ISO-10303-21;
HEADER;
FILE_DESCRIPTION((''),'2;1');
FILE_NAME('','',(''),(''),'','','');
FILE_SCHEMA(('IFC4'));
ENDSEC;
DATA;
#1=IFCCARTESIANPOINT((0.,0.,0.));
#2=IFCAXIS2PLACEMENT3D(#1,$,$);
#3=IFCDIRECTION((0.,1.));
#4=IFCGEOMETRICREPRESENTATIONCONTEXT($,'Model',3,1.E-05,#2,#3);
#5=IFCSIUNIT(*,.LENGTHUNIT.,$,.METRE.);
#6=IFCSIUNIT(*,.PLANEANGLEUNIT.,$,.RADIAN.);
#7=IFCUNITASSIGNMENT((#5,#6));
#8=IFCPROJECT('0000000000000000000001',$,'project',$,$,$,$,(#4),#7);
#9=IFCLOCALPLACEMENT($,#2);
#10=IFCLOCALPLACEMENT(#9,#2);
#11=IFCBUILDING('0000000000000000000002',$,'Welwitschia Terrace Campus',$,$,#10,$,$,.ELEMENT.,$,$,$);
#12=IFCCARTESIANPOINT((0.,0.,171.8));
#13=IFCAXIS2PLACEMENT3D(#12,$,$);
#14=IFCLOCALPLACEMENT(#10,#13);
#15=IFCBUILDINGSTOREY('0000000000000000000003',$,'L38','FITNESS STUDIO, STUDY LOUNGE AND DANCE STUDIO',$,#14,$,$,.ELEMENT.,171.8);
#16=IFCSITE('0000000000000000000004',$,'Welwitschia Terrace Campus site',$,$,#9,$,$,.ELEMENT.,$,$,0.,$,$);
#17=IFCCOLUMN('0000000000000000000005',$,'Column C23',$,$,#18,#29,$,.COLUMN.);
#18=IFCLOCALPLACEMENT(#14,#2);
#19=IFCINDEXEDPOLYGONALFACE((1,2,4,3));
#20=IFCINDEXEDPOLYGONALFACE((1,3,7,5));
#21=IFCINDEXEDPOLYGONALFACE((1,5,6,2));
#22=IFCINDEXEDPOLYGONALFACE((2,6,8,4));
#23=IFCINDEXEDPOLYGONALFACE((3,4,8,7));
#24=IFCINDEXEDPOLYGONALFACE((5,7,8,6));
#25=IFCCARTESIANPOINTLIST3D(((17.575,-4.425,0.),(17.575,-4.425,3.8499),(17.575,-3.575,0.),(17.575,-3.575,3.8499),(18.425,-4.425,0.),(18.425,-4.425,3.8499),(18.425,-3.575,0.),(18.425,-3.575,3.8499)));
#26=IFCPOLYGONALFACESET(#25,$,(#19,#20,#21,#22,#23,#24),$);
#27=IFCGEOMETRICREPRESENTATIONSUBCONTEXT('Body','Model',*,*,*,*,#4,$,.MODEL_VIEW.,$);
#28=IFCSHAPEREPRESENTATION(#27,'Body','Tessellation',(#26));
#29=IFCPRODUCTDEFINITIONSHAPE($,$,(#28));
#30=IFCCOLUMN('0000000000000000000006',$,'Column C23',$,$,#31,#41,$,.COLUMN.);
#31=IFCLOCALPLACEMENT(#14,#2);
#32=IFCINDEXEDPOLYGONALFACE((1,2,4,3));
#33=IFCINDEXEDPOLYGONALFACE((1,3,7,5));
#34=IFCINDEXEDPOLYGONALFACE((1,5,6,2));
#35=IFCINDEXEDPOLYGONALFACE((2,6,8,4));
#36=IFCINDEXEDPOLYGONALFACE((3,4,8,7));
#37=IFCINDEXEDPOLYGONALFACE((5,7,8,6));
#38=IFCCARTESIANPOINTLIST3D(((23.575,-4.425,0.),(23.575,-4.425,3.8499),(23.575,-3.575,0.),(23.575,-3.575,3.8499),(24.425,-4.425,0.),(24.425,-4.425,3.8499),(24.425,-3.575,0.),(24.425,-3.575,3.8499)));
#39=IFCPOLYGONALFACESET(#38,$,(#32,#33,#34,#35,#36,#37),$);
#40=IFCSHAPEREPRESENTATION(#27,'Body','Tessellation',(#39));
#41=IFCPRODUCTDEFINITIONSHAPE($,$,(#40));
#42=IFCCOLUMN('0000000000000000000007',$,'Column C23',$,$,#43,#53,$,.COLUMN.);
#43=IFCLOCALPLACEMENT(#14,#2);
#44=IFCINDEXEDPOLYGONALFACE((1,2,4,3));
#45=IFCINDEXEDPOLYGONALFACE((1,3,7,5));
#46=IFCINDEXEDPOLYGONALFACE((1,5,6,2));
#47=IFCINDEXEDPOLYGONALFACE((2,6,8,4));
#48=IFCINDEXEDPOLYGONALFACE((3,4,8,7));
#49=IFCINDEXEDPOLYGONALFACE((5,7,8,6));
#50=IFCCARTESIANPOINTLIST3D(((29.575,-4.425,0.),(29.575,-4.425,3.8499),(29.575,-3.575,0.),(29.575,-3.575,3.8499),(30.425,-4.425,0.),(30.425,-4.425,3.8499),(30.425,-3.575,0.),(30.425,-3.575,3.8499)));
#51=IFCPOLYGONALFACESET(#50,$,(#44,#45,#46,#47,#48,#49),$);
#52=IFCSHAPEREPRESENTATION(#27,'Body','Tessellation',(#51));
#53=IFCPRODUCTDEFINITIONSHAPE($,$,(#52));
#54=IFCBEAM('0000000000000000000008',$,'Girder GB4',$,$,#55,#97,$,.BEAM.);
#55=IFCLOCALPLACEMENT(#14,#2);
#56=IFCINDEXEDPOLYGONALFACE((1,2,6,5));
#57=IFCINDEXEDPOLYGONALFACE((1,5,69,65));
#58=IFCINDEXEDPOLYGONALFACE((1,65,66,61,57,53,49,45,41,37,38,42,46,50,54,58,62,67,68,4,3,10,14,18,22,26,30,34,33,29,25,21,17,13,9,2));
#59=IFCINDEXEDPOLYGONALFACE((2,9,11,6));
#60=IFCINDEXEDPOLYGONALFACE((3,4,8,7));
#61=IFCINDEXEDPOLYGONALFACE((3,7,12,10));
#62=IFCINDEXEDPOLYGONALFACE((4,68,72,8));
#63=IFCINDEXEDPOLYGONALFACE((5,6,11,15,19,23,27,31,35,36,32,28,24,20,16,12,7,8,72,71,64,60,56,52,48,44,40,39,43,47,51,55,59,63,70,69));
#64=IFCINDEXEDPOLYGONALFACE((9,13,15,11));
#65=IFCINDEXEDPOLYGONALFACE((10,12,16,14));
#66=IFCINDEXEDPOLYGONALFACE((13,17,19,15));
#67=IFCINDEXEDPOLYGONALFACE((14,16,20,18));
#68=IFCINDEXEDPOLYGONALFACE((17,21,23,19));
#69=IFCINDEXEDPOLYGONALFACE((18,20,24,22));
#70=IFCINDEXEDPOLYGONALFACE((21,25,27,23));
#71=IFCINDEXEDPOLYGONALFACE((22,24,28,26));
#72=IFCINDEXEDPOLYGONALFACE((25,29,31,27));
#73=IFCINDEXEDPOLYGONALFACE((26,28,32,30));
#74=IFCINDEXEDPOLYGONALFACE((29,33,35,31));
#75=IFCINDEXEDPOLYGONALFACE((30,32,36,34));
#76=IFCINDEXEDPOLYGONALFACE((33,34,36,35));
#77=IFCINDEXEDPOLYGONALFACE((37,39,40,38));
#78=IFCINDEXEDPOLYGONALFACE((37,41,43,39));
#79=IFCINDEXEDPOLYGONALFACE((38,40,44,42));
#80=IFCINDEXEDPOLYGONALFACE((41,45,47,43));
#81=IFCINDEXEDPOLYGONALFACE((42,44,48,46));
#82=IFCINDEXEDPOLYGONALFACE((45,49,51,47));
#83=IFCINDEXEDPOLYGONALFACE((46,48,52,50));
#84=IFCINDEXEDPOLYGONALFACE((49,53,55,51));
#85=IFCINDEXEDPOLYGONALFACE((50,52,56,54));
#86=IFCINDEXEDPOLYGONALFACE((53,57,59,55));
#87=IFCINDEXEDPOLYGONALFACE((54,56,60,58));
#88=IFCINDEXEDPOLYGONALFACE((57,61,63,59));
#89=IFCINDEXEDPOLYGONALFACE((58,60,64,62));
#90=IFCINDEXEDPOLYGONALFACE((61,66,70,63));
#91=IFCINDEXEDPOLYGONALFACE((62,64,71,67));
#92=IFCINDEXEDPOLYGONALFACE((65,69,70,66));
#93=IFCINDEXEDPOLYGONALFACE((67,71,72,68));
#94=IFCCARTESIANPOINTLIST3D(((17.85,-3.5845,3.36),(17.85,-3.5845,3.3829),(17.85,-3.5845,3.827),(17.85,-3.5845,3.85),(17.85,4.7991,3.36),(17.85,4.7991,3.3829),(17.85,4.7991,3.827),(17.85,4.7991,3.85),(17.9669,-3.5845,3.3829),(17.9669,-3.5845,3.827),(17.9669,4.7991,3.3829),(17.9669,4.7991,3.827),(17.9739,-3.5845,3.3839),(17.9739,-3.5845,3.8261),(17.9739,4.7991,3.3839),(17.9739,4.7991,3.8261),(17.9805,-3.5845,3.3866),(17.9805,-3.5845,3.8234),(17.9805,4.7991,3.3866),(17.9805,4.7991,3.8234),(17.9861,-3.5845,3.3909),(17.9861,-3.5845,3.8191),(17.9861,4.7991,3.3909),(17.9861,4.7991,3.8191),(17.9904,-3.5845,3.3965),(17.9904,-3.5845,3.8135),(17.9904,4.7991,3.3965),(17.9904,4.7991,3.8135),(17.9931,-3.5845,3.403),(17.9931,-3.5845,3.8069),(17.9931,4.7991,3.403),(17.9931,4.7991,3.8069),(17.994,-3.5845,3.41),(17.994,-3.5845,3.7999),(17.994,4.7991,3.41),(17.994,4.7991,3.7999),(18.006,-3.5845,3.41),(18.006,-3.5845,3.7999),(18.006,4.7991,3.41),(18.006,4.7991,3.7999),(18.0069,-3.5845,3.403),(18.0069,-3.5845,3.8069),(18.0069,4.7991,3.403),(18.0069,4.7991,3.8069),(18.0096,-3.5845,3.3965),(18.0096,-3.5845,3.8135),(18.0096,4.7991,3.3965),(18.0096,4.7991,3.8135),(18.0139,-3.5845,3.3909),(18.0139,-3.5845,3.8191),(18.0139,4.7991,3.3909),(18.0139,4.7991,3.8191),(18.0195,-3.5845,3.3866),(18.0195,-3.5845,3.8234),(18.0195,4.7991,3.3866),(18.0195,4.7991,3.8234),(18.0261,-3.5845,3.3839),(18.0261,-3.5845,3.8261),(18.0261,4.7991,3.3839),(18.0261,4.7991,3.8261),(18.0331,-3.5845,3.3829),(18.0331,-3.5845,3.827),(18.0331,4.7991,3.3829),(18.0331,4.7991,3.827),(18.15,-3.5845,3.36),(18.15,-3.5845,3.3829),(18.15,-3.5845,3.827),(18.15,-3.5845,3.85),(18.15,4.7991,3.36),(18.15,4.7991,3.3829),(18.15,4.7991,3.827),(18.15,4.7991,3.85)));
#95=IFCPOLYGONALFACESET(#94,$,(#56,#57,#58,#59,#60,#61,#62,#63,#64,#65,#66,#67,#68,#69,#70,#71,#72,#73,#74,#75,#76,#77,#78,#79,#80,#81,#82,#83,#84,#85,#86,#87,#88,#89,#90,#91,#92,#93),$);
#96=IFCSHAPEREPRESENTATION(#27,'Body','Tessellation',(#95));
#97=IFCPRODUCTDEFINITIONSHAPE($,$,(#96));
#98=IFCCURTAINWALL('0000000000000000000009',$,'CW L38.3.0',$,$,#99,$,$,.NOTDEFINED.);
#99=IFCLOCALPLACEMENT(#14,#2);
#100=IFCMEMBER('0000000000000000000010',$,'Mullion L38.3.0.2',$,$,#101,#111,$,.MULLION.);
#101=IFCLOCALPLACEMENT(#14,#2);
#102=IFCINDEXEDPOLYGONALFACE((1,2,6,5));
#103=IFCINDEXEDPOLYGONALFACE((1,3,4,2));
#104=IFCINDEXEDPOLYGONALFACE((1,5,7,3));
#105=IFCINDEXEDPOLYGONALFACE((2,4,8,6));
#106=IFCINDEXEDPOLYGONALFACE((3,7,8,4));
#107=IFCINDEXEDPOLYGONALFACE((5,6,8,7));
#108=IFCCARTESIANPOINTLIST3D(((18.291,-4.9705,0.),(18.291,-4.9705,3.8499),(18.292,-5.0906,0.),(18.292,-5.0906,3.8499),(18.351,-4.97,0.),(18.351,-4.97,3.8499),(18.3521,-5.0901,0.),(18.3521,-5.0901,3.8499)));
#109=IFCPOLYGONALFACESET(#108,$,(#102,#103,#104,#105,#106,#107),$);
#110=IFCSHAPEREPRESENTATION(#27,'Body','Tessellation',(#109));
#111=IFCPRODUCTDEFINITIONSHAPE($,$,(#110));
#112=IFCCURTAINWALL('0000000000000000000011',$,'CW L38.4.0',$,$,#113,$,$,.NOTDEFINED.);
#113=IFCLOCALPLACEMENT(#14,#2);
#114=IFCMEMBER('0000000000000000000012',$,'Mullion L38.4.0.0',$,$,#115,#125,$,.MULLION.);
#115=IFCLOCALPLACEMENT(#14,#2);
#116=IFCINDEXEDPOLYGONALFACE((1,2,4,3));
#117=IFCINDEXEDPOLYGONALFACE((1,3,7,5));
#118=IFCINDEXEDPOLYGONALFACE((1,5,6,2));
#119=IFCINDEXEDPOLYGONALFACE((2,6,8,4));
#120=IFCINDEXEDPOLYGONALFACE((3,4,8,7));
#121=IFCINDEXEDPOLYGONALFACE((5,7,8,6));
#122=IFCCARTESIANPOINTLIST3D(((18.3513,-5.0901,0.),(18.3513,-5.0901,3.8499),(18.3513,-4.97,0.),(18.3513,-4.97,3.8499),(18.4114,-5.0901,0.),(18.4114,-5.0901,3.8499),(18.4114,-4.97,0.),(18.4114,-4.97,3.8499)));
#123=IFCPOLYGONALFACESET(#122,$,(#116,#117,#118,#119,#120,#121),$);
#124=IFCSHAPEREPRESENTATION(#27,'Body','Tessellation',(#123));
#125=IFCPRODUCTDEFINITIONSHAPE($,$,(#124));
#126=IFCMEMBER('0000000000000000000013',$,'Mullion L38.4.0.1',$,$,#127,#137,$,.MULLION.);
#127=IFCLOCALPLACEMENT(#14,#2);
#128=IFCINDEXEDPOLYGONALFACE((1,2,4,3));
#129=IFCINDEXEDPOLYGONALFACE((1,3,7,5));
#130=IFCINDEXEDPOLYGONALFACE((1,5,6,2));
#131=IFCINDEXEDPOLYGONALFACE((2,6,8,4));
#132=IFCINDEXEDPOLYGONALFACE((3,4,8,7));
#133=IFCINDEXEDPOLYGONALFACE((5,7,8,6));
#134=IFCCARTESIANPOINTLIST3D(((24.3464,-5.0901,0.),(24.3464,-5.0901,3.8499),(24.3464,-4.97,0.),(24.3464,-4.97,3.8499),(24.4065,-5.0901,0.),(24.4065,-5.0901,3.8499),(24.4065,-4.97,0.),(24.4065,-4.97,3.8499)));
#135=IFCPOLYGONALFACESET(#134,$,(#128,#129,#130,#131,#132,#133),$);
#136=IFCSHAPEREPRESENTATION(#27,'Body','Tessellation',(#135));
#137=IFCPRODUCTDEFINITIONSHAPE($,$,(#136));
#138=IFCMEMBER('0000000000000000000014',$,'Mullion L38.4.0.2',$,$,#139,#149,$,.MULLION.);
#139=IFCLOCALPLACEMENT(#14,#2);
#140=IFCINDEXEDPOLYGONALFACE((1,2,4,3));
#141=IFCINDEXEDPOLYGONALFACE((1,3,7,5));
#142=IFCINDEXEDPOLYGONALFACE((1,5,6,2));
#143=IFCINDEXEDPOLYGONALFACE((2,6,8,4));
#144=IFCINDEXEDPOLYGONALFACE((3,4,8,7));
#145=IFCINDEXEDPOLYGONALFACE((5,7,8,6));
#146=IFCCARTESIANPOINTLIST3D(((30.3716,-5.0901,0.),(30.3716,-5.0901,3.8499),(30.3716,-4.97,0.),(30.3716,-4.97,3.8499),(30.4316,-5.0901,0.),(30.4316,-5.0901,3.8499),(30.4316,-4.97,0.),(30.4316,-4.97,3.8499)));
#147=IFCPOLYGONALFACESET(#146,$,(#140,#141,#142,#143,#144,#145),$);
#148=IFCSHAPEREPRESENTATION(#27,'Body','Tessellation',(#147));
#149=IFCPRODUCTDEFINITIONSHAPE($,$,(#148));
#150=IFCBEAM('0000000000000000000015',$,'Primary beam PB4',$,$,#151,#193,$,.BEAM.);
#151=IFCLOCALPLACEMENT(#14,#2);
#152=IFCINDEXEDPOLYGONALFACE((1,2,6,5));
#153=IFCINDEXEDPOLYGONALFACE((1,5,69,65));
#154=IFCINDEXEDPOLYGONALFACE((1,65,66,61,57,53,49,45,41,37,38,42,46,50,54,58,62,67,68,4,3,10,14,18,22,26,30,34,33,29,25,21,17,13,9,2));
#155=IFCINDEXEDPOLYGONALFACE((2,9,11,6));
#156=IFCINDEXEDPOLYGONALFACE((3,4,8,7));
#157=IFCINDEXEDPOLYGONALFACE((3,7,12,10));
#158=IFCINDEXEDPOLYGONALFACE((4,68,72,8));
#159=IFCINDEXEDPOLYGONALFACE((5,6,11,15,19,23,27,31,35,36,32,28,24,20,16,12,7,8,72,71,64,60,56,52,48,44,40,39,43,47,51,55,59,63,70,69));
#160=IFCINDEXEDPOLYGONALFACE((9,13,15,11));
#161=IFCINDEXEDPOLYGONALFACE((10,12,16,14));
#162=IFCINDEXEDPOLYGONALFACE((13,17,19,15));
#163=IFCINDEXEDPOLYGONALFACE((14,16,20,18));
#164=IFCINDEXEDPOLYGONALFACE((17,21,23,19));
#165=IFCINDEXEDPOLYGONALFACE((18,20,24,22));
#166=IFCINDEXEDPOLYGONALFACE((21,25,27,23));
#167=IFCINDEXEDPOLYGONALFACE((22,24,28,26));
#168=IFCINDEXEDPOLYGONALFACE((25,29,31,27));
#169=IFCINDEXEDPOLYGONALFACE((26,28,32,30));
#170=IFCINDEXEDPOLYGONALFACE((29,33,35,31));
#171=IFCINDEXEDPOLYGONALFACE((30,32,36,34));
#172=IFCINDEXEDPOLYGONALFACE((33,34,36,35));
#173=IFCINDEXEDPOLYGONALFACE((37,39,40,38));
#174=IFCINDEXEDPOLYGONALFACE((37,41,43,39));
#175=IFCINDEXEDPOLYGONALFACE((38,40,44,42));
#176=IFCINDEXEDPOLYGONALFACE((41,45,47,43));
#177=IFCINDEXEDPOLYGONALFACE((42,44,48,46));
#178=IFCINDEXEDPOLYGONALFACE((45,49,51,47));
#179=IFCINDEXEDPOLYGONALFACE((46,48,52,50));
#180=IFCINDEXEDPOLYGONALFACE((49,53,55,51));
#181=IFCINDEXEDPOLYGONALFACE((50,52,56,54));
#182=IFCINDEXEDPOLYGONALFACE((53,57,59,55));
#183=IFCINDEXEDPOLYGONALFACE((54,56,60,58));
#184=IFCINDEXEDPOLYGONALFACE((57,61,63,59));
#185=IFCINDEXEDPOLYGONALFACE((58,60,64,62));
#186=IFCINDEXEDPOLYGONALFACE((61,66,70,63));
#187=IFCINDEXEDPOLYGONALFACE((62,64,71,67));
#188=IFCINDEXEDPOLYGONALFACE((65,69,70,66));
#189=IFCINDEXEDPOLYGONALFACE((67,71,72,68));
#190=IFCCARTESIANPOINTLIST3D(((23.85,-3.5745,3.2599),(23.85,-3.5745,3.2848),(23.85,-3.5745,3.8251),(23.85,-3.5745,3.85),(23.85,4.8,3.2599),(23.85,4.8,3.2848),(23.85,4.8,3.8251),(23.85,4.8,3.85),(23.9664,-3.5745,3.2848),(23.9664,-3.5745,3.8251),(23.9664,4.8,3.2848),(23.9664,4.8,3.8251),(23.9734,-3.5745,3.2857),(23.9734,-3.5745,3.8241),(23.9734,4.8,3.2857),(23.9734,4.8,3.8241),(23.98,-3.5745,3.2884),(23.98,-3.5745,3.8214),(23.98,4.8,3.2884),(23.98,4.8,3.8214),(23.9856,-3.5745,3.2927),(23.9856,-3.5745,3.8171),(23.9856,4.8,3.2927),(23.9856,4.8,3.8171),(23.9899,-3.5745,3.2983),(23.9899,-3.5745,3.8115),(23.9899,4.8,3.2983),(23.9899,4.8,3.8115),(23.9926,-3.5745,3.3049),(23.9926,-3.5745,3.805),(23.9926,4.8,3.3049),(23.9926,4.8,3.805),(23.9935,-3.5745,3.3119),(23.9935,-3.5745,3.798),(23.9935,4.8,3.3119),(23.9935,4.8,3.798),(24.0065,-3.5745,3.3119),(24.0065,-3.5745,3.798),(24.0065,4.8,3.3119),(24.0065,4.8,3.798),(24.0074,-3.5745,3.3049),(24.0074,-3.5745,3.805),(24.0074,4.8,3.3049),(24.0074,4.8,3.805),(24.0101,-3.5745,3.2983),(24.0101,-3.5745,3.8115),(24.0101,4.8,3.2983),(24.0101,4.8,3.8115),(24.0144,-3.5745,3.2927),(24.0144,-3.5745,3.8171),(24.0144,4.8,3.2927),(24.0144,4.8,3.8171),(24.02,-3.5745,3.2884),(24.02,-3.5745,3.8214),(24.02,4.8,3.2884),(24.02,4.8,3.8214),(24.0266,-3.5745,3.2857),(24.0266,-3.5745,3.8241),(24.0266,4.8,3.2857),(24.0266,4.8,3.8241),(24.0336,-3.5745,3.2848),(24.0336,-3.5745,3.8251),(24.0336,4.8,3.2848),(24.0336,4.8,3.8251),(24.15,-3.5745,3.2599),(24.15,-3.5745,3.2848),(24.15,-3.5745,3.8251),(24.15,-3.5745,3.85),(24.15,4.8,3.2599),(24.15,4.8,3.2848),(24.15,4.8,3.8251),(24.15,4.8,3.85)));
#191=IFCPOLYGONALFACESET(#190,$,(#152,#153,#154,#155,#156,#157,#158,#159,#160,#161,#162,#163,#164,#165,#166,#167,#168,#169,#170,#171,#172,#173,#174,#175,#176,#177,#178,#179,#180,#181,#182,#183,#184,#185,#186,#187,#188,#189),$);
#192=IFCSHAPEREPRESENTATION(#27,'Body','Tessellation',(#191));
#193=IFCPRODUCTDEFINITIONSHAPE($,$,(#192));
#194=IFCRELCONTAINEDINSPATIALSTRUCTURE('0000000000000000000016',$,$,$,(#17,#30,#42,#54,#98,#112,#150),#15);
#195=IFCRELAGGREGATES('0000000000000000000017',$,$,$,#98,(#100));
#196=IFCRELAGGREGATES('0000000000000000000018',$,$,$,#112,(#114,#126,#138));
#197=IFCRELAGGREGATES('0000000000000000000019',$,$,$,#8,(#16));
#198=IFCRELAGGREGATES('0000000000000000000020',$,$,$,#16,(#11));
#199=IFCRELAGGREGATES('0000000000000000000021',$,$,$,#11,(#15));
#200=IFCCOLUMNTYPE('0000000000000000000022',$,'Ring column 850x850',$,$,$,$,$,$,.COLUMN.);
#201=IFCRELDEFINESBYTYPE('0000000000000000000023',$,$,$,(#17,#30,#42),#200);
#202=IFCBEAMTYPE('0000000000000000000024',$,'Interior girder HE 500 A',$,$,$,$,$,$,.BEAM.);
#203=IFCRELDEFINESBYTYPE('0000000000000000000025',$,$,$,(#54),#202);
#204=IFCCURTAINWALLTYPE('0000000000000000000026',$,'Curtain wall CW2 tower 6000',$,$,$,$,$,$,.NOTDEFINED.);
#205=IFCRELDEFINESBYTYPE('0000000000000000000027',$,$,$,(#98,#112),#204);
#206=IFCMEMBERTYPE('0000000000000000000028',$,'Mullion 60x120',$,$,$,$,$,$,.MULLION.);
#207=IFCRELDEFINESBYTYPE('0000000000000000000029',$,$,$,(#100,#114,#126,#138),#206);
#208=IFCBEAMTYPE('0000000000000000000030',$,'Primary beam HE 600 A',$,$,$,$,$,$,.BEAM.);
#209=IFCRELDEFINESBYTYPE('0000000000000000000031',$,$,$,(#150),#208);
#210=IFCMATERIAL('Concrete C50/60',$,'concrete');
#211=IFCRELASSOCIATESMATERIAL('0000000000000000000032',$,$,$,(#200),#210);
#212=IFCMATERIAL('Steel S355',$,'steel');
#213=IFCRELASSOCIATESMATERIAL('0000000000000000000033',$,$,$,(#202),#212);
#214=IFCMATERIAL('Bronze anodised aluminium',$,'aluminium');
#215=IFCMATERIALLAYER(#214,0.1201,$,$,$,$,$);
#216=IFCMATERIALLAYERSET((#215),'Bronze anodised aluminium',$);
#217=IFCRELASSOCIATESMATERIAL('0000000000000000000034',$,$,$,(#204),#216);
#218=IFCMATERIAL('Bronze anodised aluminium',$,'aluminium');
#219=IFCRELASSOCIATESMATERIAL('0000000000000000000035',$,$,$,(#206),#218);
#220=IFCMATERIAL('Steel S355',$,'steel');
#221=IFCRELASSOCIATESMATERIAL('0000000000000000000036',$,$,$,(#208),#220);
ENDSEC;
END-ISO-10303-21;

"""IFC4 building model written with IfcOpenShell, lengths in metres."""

from ifc_helpers import new_model, si_unit, direction, frame, origin, origin_2d, place, context, subcontext, project, spatial, rectangle, i_section, extrude, material, layer, layer_set, material_profile, profile_set, type_object, element, aggregate, save


model = new_model("IFC4")

# Units and contexts
model_context = context("Model", 3, precision=1e-05, world=origin(), true_north=direction((0.0, 1.0)))
body_context = subcontext(model_context, "Body", "Model", "MODEL_VIEW")
ifc_project = project(units=[si_unit("LENGTHUNIT", "METRE"), si_unit("PLANEANGLEUNIT", "RADIAN")], contexts=[model_context])

# Site, building, storey
site_placement = place(None, origin())
site = spatial("IfcSite", under=ifc_project, at=site_placement, Name="Welwitschia Terrace Campus site", CompositionType="ELEMENT", RefElevation=0.0)
building_placement = place(site_placement, origin())
building = spatial("IfcBuilding", under=site, at=building_placement, Name="Welwitschia Terrace Campus", CompositionType="ELEMENT")
storey_placement = place(building_placement, frame((0.0, 0.0, 171.8)))
storey = spatial("IfcBuildingStorey", under=building, at=storey_placement, Name="L38", Description="FITNESS STUDIO, STUDY LOUNGE AND DANCE STUDIO", CompositionType="ELEMENT", Elevation=171.8)

# Columns
ifc_material_1 = material(Name="Concrete C50/60", Category="concrete")
ifc_material_profile_1 = material_profile(ifc_material_1, rectangle(XDim=0.8501, YDim=0.8501, at=origin_2d()))
ifc_profile_set_1 = profile_set([ifc_material_profile_1], Name="Concrete C50/60")
column_type = type_object("IfcColumnType", Name="Ring column 850x850", PredefinedType="COLUMN", material=ifc_profile_set_1)
for number, where, z_axis, x_axis, name in (
    (1, (18.0, -4.0, 0.0), (0.0, 0.0, 1.0), (1.0, 0.0, 0.0), "Column C23"),
    (2, (24.0, -4.0, 0.0), (0.0, 0.0, 1.0), (1.0, 0.0, 0.0), "Column C23"),
    (3, (30.0, -4.0, 0.0), (0.0, 0.0, 1.0), (1.0, 0.0, 0.0), "Column C23"),
):
    element("IfcColumn", number, at=place(storey_placement, frame(where, z_axis=z_axis, x_axis=x_axis)), inside=storey, type_object=column_type, Name=name, PredefinedType="COLUMN", context=body_context, shape_type="SweptSolid", body=[
        extrude(rectangle(XDim=0.8501, YDim=0.8501, at=origin_2d()), origin(), (0.0, 0.0, 1.0), 3.8499),
    ])

# Beam
ifc_material_2 = material(Name="Steel S355", Category="steel")
ifc_material_profile_2 = material_profile(ifc_material_2, i_section(OverallWidth=0.3, OverallDepth=0.49, WebThickness=0.012, FlangeThickness=0.0229, FilletRadius=0.0271, at=origin_2d()))
ifc_profile_set_2 = profile_set([ifc_material_profile_2], Name="Steel S355")
beam_type_1 = type_object("IfcBeamType", Name="Interior girder HE 500 A", PredefinedType="BEAM", material=ifc_profile_set_2)
beam_1_placement = place(storey_placement, frame((18.0, -3.5845, 3.605), z_axis=(0.0, 1.0, 0.0), x_axis=(-1.0, 0.0, 0.0)))
element("IfcBeam", 4, at=beam_1_placement, inside=storey, type_object=beam_type_1, Name="Girder GB4", PredefinedType="BEAM", context=body_context, shape_type="SweptSolid", body=[
    extrude(i_section(OverallWidth=0.3, OverallDepth=0.49, WebThickness=0.012, FlangeThickness=0.0229, FilletRadius=0.0271, at=origin_2d()), origin(), (0.0, 0.0, 1.0), 8.3835),
])

# Curtain wall, member
ifc_material_3 = material(Name="Bronze anodised aluminium", Category="aluminium")
ifc_layer_1 = layer(ifc_material_3, 0.1201)
ifc_layer_set_1 = layer_set([ifc_layer_1], Name="Bronze anodised aluminium")
curtain_wall_type = type_object("IfcCurtainWallType", Name="Curtain wall CW2 tower 6000", PredefinedType="NOTDEFINED", material=ifc_layer_set_1)
curtain_wall_1_placement = place(storey_placement, origin())
curtain_wall_1 = element("IfcCurtainWall", 5, at=curtain_wall_1_placement, inside=storey, type_object=curtain_wall_type, Name="CW L38.3.0", PredefinedType="NOTDEFINED")
ifc_material_4 = material(Name="Bronze anodised aluminium", Category="aluminium")
ifc_material_profile_3 = material_profile(ifc_material_4, rectangle(XDim=0.1201, YDim=0.0601, at=origin_2d()))
ifc_profile_set_3 = profile_set([ifc_material_profile_3], Name="Bronze anodised aluminium")
member_type_1 = type_object("IfcMemberType", Name="Mullion 60x120", PredefinedType="MULLION", material=ifc_profile_set_3)
member_1_placement = place(storey_placement, frame((18.3215, -5.0303, 0.0), z_axis=(0.0, 0.0, 1.0), x_axis=(-0.008727, 0.999962, 0.0)))
member_1 = element("IfcMember", 6, at=member_1_placement, type_object=member_type_1, Name="Mullion L38.3.0.2", PredefinedType="MULLION", context=body_context, shape_type="SweptSolid", body=[
    extrude(rectangle(XDim=0.1201, YDim=0.0601, at=origin_2d()), origin(), (0.0, 0.0, 1.0), 3.8499),
])
aggregate(curtain_wall_1, [member_1])

# Curtain wall, members
curtain_wall_2_placement = place(storey_placement, origin())
curtain_wall_2 = element("IfcCurtainWall", 7, at=curtain_wall_2_placement, inside=storey, type_object=curtain_wall_type, Name="CW L38.4.0", PredefinedType="NOTDEFINED")
member_2_placement = place(storey_placement, frame((18.3813, -5.03, 0.0), z_axis=(0.0, 0.0, 1.0), x_axis=(0.0, 1.0, 0.0)))
member_2 = element("IfcMember", 8, at=member_2_placement, type_object=member_type_1, Name="Mullion L38.4.0.0", PredefinedType="MULLION", context=body_context, shape_type="SweptSolid", body=[
    extrude(rectangle(XDim=0.1201, YDim=0.0601, at=origin_2d()), origin(), (0.0, 0.0, 1.0), 3.8499),
])
member_3_placement = place(storey_placement, frame((24.3765, -5.03, 0.0), z_axis=(0.0, 0.0, 1.0), x_axis=(0.0, 1.0, 0.0)))
member_3 = element("IfcMember", 9, at=member_3_placement, type_object=member_type_1, Name="Mullion L38.4.0.1", PredefinedType="MULLION", context=body_context, shape_type="SweptSolid", body=[
    extrude(rectangle(XDim=0.1201, YDim=0.0601, at=origin_2d()), origin(), (0.0, 0.0, 1.0), 3.8499),
])
member_4_placement = place(storey_placement, frame((30.4016, -5.03, 0.0), z_axis=(0.0, 0.0, 1.0), x_axis=(0.0, 1.0, 0.0)))
member_4 = element("IfcMember", 10, at=member_4_placement, type_object=member_type_1, Name="Mullion L38.4.0.2", PredefinedType="MULLION", context=body_context, shape_type="SweptSolid", body=[
    extrude(rectangle(XDim=0.1201, YDim=0.0601, at=origin_2d()), origin(), (0.0, 0.0, 1.0), 3.8499),
])

# Beam
ifc_material_5 = material(Name="Steel S355", Category="steel")
ifc_material_profile_4 = material_profile(ifc_material_5, i_section(OverallWidth=0.3, OverallDepth=0.5901, WebThickness=0.0129, FlangeThickness=0.0249, FilletRadius=0.0271, at=origin_2d()))
ifc_profile_set_4 = profile_set([ifc_material_profile_4], Name="Steel S355")
beam_type_2 = type_object("IfcBeamType", Name="Primary beam HE 600 A", PredefinedType="BEAM", material=ifc_profile_set_4)
beam_2_placement = place(storey_placement, frame((24.0, -3.5745, 3.5549), z_axis=(0.0, 1.0, 0.0), x_axis=(-1.0, 0.0, 0.0)))
element("IfcBeam", 11, at=beam_2_placement, inside=storey, type_object=beam_type_2, Name="Primary beam PB4", PredefinedType="BEAM", context=body_context, shape_type="SweptSolid", body=[
    extrude(i_section(OverallWidth=0.3, OverallDepth=0.5901, WebThickness=0.0129, FlangeThickness=0.0249, FilletRadius=0.0271, at=origin_2d()), origin(), (0.0, 0.0, 1.0), 8.3745),
])

aggregate(curtain_wall_2, [member_2, member_3, member_4])

save(model, "model.ifc")
